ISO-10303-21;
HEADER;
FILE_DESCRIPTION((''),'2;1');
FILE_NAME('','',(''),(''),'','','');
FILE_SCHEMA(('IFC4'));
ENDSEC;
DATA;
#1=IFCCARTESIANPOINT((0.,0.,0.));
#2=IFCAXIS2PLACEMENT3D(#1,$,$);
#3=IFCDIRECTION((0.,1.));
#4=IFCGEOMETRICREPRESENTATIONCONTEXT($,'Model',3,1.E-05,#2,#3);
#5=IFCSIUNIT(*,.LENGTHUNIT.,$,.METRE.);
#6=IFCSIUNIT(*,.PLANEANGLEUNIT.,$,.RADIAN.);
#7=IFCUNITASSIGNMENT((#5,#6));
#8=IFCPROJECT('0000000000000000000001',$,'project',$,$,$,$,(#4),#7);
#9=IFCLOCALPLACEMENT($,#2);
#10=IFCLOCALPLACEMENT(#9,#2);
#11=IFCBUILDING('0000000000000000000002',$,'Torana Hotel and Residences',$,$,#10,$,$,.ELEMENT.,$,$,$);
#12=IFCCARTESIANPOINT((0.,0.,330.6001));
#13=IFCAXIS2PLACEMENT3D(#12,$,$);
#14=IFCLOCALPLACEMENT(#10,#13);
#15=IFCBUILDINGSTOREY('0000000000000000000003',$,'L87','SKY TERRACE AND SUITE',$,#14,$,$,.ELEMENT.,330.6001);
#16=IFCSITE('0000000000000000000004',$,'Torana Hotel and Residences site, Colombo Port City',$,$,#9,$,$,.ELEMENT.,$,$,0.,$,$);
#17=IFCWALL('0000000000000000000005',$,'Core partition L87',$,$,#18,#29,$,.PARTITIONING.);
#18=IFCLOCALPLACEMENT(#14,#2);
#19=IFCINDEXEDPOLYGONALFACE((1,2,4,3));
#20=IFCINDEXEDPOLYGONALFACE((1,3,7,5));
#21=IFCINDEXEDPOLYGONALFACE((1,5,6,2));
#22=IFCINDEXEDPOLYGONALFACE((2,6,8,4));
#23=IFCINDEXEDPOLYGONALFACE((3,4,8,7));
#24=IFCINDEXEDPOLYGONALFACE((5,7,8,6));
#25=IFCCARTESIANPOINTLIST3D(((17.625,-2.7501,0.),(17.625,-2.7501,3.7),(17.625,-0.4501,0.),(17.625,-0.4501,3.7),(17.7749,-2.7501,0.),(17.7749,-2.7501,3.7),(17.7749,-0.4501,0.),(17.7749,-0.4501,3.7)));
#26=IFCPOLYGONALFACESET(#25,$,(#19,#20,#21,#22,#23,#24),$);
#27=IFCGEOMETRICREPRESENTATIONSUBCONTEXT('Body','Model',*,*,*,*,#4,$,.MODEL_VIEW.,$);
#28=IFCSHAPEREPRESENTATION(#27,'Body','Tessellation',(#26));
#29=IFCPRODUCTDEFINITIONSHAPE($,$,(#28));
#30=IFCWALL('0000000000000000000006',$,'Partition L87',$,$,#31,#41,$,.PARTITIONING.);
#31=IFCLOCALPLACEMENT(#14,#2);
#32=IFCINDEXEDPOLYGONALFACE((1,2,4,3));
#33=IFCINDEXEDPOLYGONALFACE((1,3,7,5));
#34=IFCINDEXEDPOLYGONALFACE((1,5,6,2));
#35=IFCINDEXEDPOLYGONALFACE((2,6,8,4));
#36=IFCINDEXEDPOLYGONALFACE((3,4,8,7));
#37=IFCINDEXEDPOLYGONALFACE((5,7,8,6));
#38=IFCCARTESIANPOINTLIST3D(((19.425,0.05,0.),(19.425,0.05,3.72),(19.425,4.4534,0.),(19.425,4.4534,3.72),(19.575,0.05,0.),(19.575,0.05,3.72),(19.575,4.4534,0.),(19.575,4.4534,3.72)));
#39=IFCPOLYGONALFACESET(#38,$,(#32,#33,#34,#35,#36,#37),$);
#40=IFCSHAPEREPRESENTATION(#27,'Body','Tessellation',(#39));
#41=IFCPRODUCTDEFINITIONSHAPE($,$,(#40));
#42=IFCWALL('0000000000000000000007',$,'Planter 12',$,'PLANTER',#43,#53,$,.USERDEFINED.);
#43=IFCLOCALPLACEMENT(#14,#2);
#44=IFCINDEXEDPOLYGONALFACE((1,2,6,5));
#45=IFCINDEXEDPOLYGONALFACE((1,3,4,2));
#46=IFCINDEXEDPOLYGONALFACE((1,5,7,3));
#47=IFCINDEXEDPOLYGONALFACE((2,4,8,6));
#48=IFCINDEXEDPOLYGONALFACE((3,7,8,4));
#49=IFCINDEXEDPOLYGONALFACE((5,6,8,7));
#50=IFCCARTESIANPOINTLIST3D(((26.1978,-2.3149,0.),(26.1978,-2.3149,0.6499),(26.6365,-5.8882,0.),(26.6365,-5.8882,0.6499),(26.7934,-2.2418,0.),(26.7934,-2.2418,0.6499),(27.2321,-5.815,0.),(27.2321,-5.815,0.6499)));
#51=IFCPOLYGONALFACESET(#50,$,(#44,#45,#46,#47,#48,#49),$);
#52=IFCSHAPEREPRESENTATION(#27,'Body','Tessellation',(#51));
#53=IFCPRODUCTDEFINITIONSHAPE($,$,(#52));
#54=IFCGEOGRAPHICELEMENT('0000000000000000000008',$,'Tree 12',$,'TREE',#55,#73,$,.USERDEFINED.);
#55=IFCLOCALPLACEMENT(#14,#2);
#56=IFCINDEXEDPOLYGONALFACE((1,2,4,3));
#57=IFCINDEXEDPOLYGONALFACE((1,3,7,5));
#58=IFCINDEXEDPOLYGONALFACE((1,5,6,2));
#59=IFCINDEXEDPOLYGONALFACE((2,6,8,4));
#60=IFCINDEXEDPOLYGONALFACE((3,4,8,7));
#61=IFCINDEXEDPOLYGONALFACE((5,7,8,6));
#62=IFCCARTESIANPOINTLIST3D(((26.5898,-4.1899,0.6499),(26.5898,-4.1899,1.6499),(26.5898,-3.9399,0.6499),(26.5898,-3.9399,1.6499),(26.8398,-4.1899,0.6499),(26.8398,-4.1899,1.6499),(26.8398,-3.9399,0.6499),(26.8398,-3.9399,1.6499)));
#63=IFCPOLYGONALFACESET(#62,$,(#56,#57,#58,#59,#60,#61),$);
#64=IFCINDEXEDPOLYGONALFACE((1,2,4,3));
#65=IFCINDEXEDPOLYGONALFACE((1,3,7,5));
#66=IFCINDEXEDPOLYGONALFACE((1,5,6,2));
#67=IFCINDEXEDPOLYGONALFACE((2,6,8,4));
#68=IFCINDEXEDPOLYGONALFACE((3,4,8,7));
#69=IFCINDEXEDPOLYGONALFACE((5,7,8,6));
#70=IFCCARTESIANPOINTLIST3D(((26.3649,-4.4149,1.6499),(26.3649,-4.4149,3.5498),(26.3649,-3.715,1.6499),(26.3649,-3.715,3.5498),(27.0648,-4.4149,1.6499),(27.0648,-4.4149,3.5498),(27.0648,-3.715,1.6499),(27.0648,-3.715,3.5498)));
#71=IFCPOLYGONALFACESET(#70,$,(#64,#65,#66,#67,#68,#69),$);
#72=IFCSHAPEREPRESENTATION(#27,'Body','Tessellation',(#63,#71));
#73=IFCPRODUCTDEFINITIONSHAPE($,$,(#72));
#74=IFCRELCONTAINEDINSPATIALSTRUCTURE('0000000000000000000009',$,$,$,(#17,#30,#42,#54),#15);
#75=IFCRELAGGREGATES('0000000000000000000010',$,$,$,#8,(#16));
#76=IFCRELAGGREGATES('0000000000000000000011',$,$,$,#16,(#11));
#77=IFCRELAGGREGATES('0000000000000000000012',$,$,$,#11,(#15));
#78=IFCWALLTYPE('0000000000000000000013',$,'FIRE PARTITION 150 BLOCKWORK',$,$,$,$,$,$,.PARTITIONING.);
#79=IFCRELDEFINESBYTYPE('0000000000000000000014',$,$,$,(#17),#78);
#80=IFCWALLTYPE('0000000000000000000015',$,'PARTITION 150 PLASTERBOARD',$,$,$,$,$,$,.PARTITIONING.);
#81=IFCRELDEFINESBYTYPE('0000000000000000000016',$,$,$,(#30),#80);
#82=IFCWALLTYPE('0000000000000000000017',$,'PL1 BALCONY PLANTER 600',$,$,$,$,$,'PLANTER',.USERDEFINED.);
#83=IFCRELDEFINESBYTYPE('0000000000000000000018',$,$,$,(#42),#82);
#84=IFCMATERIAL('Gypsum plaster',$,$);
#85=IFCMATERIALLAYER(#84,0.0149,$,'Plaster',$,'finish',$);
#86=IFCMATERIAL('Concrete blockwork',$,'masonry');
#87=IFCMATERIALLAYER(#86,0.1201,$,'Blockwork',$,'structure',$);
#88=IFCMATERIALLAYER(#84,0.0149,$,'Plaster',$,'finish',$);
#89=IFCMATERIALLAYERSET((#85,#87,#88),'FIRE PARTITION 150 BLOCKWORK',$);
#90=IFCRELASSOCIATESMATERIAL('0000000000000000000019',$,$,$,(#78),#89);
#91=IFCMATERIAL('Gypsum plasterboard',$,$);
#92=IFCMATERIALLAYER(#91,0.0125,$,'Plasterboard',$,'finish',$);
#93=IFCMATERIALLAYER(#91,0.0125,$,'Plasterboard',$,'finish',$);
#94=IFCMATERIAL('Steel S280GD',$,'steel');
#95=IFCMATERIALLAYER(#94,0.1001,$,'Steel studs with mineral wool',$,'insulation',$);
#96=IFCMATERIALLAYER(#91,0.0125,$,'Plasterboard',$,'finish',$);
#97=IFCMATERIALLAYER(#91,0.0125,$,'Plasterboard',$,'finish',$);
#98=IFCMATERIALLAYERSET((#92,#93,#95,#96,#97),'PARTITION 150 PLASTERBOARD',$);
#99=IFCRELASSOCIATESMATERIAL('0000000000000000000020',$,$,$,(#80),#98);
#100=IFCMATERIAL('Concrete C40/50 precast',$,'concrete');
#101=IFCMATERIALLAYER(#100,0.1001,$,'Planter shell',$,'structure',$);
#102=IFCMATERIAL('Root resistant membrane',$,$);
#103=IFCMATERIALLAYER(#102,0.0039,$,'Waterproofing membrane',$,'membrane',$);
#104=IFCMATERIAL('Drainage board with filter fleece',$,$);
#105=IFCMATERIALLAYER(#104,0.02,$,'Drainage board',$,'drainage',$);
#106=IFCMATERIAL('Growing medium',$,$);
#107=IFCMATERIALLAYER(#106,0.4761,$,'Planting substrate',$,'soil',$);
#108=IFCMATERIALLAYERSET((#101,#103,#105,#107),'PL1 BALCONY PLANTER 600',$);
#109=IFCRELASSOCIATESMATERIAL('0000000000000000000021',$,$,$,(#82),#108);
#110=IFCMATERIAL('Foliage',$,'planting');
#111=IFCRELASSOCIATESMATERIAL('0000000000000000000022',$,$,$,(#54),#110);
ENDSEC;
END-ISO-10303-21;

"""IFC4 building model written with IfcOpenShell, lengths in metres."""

from ifc_helpers import new_model, si_unit, direction, frame, frame_2d, origin, origin_2d, place, context, subcontext, project, spatial, rectangle, extrude, material, layer, layer_set, type_object, element, save


model = new_model("IFC4")

# Units and contexts
model_context = context("Model", 3, precision=1e-05, world=origin(), true_north=direction((0.0, 1.0)))
body_context = subcontext(model_context, "Body", "Model", "MODEL_VIEW")
ifc_project = project(units=[si_unit("LENGTHUNIT", "METRE"), si_unit("PLANEANGLEUNIT", "RADIAN")], contexts=[model_context])

# Site, building, storey
site_placement = place(None, origin())
site = spatial("IfcSite", under=ifc_project, at=site_placement, Name="Torana Hotel and Residences site, Colombo Port City", CompositionType="ELEMENT", RefElevation=0.0)
building_placement = place(site_placement, origin())
building = spatial("IfcBuilding", under=site, at=building_placement, Name="Torana Hotel and Residences", CompositionType="ELEMENT")
storey_placement = place(building_placement, frame((0.0, 0.0, 330.6001)))
storey = spatial("IfcBuildingStorey", under=building, at=storey_placement, Name="L87", Description="SKY TERRACE AND SUITE", CompositionType="ELEMENT", Elevation=330.6001)

# Shared definitions
ifc_material_1 = material(Name="Steel S280GD", Category="steel")

# Shared definitions
ifc_material_2 = material(Name="Concrete C40/50 precast", Category="concrete")

# Walls
ifc_material_3 = material(Name="Gypsum plaster")
ifc_layer_1 = layer(ifc_material_3, 0.0149, Name="Plaster", Category="finish")
ifc_material_4 = material(Name="Concrete blockwork", Category="masonry")
ifc_layer_2 = layer(ifc_material_4, 0.1201, Name="Blockwork", Category="structure")
ifc_layer_3 = layer(ifc_material_3, 0.0149, Name="Plaster", Category="finish")
ifc_layer_set_1 = layer_set([ifc_layer_1, ifc_layer_2, ifc_layer_3], Name="FIRE PARTITION 150 BLOCKWORK")
wall_type_1 = type_object("IfcWallType", Name="FIRE PARTITION 150 BLOCKWORK", PredefinedType="PARTITIONING", material=ifc_layer_set_1)
wall_1_placement = place(storey_placement, frame((17.7, -2.75, 0.0), z_axis=(0.0, 0.0, 1.0), x_axis=(0.0, 1.0, 0.0)))
element("IfcWall", 1, at=wall_1_placement, inside=storey, type_object=wall_type_1, Name="Core partition L87", PredefinedType="PARTITIONING", context=body_context, shape_type="SweptSolid", body=[
    extrude(rectangle(XDim=2.3, YDim=0.1499, at=frame_2d((1.1499, 0.0))), origin(), (0.0, 0.0, 1.0), 3.7),
])
ifc_material_5 = material(Name="Gypsum plasterboard")
ifc_layer_4 = layer(ifc_material_5, 0.0125, Name="Plasterboard", Category="finish")
ifc_layer_5 = layer(ifc_material_5, 0.0125, Name="Plasterboard", Category="finish")
ifc_layer_6 = layer(ifc_material_1, 0.1001, Name="Steel studs with mineral wool", Category="insulation")
ifc_layer_7 = layer(ifc_material_5, 0.0125, Name="Plasterboard", Category="finish")
ifc_layer_8 = layer(ifc_material_5, 0.0125, Name="Plasterboard", Category="finish")
ifc_layer_set_2 = layer_set([ifc_layer_4, ifc_layer_5, ifc_layer_6, ifc_layer_7, ifc_layer_8], Name="PARTITION 150 PLASTERBOARD")
wall_type_2 = type_object("IfcWallType", Name="PARTITION 150 PLASTERBOARD", PredefinedType="PARTITIONING", material=ifc_layer_set_2)
wall_2_placement = place(storey_placement, frame((19.5, 0.05, 0.0), z_axis=(0.0, 0.0, 1.0), x_axis=(0.0, 1.0, 0.0)))
element("IfcWall", 2, at=wall_2_placement, inside=storey, type_object=wall_type_2, Name="Partition L87", PredefinedType="PARTITIONING", context=body_context, shape_type="SweptSolid", body=[
    extrude(rectangle(XDim=4.4033, YDim=0.1499, at=frame_2d((2.2017, 0.0))), origin(), (0.0, 0.0, 1.0), 3.72),
])
ifc_layer_9 = layer(ifc_material_2, 0.1001, Name="Planter shell", Category="structure")
ifc_material_6 = material(Name="Root resistant membrane")
ifc_layer_10 = layer(ifc_material_6, 0.0039, Name="Waterproofing membrane", Category="membrane")
ifc_material_7 = material(Name="Drainage board with filter fleece")
ifc_layer_11 = layer(ifc_material_7, 0.02, Name="Drainage board", Category="drainage")
ifc_material_8 = material(Name="Growing medium")
ifc_layer_12 = layer(ifc_material_8, 0.4761, Name="Planting substrate", Category="soil")
ifc_layer_set_3 = layer_set([ifc_layer_9, ifc_layer_10, ifc_layer_11, ifc_layer_12], Name="PL1 BALCONY PLANTER 600")
wall_type_3 = type_object("IfcWallType", Name="PL1 BALCONY PLANTER 600", ElementType="PLANTER", PredefinedType="USERDEFINED", material=ifc_layer_set_3)
wall_3_placement = place(storey_placement, frame((26.4956, -2.2783, 0.0), z_axis=(0.0, 0.0, 1.0), x_axis=(0.121864, -0.992547, 0.0)))
element("IfcWall", 3, at=wall_3_placement, inside=storey, type_object=wall_type_3, Name="Planter 12", ObjectType="PLANTER", PredefinedType="USERDEFINED", context=body_context, shape_type="SweptSolid", body=[
    extrude(rectangle(XDim=3.6001, YDim=0.6001, at=frame_2d((1.8, 0.0))), origin(), (0.0, 0.0, 1.0), 0.6499),
])

# Geographic element
ifc_material_9 = material(Name="Foliage", Category="planting")
geographic_element_placement = place(storey_placement, frame((26.7148, -4.0649, 0.6499), z_axis=(0.0, 0.0, 1.0), x_axis=(1.0, 0.0, 0.0)))
element("IfcGeographicElement", 4, at=geographic_element_placement, inside=storey, material=ifc_material_9, Name="Tree 12", ObjectType="TREE", PredefinedType="USERDEFINED", context=body_context, shape_type="SweptSolid", body=[
    extrude(rectangle(XDim=0.25, YDim=0.25, at=origin_2d()), origin(), (0.0, 0.0, 1.0), 1.0),
    extrude(rectangle(XDim=0.7, YDim=0.7, at=origin_2d()), frame((0.0, 0.0, 1.0)), (0.0, 0.0, 1.0), 1.8999),
])

save(model, "model.ifc")
